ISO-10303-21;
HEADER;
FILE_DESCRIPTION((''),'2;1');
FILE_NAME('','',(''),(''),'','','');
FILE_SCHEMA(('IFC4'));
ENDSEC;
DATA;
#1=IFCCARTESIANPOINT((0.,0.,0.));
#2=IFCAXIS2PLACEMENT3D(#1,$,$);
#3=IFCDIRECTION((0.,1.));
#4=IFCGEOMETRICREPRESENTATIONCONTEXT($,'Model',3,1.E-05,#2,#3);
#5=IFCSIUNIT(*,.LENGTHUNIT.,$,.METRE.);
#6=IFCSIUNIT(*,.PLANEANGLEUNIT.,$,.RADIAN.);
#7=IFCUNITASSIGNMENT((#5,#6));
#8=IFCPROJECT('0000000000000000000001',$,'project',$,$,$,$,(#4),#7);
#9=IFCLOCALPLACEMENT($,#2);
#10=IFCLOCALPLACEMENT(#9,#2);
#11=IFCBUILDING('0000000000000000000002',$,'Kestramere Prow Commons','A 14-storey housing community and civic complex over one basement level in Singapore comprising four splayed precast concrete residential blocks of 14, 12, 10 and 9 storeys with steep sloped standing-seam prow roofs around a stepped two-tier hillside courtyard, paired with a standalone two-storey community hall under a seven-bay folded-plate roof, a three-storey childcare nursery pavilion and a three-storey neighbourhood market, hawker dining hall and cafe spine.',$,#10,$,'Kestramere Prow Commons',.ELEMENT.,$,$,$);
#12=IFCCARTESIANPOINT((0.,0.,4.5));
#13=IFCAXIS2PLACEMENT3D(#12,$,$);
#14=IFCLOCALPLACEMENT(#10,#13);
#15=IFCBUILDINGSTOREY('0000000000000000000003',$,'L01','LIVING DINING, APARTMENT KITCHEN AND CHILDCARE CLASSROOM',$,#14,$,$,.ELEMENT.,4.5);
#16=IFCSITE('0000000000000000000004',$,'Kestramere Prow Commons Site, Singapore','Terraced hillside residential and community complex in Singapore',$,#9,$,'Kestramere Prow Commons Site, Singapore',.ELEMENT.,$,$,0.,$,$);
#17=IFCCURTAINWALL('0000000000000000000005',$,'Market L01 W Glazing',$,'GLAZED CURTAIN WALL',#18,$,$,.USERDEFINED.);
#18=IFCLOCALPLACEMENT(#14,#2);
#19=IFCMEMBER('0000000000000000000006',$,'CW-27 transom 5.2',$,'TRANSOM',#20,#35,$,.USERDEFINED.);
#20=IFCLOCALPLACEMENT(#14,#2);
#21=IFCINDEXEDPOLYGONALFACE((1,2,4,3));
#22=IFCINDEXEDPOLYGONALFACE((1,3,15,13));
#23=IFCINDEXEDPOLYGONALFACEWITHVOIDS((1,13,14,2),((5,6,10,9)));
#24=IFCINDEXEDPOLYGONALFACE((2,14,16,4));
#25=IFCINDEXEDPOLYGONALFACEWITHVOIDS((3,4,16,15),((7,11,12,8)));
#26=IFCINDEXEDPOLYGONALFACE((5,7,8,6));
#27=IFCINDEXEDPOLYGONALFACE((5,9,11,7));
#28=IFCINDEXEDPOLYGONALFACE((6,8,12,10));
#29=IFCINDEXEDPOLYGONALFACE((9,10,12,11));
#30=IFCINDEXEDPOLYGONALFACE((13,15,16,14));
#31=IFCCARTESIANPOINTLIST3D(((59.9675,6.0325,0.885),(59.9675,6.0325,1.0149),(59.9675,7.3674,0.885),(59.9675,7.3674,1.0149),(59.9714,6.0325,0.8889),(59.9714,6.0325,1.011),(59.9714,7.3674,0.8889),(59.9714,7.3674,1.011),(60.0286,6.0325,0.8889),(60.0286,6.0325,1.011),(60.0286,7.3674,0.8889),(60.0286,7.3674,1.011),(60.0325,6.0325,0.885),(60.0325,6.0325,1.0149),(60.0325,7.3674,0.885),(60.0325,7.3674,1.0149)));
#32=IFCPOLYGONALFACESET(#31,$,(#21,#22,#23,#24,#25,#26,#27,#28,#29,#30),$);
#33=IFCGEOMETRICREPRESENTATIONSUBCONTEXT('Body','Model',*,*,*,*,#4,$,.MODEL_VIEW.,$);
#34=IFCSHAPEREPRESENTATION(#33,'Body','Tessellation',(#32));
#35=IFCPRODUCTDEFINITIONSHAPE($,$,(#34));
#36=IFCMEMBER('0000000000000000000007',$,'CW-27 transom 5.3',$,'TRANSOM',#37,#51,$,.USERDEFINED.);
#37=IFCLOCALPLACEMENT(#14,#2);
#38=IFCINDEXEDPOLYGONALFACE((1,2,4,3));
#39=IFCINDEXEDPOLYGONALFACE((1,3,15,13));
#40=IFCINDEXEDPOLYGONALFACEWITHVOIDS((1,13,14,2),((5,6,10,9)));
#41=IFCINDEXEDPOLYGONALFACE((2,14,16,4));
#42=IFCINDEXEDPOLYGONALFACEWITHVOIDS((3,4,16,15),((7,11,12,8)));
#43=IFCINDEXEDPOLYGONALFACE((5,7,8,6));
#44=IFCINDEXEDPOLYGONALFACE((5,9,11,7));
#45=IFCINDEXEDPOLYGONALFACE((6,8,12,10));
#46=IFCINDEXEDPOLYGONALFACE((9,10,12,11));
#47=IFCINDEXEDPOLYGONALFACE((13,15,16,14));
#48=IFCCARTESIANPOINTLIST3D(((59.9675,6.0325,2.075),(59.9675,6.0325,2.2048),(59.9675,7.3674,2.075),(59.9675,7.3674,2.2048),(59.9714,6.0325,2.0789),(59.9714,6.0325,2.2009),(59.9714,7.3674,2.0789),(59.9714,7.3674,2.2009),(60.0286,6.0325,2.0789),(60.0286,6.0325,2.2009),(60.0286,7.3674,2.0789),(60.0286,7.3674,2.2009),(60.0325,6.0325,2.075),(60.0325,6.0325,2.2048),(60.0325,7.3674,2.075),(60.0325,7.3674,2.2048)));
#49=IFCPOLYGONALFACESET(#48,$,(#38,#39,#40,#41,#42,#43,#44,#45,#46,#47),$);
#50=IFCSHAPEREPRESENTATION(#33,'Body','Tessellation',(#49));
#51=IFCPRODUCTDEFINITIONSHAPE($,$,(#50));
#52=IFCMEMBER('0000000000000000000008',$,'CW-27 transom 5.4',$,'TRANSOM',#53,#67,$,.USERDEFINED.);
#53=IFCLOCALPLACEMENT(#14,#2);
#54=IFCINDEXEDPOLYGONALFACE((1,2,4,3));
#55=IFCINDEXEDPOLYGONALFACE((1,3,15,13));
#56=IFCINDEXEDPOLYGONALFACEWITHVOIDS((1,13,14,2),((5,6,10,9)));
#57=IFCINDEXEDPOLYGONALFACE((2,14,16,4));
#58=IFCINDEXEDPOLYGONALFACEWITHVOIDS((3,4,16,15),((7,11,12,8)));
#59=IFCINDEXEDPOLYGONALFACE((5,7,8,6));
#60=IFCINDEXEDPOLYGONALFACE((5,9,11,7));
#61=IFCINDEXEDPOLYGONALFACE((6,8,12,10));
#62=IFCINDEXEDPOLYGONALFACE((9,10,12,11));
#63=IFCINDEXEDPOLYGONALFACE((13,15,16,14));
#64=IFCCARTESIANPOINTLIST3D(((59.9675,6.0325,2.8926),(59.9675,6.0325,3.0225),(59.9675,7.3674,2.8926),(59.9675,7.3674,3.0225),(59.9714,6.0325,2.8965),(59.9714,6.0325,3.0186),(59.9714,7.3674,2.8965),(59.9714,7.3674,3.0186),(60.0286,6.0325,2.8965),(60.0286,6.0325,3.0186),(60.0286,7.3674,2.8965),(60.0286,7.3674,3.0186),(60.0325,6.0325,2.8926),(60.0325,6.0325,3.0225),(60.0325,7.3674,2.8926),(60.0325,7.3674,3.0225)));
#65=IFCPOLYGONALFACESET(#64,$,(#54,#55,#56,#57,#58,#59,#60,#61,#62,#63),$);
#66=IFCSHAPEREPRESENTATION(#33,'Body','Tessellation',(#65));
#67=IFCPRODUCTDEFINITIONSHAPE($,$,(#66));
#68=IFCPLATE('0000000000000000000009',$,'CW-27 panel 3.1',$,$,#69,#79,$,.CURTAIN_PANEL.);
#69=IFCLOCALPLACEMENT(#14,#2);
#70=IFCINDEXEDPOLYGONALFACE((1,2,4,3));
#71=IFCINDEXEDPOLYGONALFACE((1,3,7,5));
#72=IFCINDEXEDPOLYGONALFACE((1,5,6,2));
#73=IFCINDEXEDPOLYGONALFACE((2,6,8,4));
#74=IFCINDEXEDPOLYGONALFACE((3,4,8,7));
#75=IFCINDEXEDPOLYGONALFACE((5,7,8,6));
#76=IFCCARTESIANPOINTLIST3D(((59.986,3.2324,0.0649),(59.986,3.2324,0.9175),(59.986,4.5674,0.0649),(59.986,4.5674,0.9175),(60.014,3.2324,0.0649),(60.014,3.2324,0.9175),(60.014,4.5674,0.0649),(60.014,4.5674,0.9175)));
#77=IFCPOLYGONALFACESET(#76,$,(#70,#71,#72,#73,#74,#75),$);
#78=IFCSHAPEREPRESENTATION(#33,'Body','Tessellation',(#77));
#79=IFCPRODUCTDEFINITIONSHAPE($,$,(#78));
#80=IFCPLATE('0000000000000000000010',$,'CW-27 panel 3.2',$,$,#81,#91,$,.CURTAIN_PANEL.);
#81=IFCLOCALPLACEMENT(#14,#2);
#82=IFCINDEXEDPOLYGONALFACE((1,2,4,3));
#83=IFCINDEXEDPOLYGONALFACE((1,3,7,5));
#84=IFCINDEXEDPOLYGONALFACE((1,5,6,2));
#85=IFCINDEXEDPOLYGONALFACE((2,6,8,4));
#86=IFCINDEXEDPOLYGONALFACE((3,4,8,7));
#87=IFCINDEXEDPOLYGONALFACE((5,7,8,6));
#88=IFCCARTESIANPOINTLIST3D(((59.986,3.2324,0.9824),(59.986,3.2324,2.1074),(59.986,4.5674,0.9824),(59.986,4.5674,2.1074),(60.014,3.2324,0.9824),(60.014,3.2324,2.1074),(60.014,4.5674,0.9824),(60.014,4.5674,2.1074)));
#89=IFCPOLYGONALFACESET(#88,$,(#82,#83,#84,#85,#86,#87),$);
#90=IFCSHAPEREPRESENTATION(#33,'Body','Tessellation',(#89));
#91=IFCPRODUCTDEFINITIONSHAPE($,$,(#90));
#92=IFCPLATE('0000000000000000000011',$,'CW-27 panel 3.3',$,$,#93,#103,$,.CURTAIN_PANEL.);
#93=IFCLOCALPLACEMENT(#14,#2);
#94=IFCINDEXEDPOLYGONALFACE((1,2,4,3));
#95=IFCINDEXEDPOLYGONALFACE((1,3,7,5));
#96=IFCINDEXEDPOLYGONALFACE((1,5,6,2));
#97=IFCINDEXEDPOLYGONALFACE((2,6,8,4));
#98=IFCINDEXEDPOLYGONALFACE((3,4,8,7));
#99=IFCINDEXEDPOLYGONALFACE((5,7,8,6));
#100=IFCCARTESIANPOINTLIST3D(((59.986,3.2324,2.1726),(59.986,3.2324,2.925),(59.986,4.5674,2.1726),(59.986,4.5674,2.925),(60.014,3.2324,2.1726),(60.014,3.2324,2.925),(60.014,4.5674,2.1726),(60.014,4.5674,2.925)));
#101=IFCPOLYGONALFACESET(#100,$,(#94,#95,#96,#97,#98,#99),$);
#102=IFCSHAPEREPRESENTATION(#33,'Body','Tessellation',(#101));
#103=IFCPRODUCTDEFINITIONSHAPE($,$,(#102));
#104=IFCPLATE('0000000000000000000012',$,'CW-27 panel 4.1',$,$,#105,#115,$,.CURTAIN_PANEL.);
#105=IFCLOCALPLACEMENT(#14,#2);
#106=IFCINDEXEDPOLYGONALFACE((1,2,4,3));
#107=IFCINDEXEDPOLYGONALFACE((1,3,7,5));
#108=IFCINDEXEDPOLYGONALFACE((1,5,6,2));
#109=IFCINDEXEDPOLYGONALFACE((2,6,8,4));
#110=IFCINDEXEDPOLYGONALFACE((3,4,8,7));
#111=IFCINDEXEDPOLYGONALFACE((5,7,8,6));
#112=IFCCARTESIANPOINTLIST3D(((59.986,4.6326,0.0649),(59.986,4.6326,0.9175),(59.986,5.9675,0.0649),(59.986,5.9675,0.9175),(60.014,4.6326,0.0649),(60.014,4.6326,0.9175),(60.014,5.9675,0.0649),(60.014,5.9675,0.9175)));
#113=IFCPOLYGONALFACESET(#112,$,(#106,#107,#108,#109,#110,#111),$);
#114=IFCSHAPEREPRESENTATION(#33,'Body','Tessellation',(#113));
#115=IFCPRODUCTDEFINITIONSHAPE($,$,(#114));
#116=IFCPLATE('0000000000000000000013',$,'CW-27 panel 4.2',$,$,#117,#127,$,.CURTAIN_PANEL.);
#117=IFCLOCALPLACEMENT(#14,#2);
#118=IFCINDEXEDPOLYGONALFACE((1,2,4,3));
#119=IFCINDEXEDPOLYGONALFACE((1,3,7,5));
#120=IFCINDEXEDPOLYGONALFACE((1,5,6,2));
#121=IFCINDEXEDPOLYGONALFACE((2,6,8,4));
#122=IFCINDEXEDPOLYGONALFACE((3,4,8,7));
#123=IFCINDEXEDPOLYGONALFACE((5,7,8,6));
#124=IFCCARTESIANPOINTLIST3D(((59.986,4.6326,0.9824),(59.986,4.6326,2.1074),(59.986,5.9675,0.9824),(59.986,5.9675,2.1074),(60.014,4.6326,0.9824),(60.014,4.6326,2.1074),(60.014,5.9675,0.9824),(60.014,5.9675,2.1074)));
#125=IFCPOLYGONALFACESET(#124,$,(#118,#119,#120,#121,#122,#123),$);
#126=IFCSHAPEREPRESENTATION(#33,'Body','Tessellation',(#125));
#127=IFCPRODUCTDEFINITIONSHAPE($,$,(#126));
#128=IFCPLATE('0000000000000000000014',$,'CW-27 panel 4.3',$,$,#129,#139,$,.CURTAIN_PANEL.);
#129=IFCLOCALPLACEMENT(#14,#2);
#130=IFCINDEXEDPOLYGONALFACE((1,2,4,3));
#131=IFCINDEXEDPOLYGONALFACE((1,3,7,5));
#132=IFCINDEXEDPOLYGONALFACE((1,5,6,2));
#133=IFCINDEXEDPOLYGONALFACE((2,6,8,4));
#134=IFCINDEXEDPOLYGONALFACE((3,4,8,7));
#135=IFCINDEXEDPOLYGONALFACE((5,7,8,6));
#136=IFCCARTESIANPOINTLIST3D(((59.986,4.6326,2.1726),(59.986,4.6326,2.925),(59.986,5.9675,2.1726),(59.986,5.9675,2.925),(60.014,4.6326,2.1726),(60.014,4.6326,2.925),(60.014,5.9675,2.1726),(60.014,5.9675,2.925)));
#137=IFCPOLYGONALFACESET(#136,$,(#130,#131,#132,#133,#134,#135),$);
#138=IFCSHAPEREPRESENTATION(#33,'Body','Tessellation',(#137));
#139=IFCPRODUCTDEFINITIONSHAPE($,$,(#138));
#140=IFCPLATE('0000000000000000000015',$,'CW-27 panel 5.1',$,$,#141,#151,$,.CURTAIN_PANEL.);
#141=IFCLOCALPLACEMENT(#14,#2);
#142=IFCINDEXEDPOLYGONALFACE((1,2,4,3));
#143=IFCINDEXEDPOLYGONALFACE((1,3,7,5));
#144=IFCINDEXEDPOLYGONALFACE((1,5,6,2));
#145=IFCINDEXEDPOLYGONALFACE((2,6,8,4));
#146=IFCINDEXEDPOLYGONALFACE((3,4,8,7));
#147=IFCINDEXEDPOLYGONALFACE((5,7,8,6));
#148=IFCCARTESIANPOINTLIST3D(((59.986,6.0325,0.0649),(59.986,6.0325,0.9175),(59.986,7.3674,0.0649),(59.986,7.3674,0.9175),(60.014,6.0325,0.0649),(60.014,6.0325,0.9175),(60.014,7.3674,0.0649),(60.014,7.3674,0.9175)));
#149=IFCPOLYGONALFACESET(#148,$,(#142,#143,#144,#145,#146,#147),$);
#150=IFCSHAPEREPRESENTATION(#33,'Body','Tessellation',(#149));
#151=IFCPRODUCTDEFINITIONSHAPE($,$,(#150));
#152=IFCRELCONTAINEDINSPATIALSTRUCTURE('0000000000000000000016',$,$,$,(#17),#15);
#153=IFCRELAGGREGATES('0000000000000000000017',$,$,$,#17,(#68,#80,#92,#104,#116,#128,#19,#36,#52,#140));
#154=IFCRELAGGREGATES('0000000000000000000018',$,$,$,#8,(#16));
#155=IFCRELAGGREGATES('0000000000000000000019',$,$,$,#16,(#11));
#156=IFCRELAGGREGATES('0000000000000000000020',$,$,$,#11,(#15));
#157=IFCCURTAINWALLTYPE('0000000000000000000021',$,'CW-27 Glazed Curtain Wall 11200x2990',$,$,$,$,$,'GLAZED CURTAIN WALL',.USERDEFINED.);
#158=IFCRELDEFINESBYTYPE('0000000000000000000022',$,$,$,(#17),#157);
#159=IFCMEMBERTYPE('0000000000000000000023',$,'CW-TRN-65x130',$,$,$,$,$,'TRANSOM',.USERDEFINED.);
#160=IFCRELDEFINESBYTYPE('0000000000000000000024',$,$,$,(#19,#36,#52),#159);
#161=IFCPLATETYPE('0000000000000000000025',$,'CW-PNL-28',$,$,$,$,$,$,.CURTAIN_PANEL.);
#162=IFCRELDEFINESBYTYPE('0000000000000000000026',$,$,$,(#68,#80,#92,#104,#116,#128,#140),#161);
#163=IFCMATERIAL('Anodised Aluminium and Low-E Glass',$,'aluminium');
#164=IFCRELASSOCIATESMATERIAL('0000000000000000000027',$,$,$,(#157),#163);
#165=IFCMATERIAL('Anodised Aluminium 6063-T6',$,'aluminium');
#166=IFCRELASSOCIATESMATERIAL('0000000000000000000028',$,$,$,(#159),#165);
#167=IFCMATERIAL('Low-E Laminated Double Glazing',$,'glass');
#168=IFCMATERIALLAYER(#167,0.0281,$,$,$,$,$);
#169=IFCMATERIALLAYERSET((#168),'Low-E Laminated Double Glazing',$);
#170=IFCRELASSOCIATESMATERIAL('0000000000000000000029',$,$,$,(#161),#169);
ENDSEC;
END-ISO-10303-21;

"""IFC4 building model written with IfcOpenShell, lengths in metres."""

from ifc_helpers import new_model, si_unit, direction, frame, origin, origin_2d, place, context, subcontext, project, spatial, rectangle, hollow_rectangle, extrude, material, layer, layer_set, material_profile, profile_set, type_object, element, aggregate, save


model = new_model("IFC4")

# Units and contexts
model_context = context("Model", 3, precision=1e-05, world=origin(), true_north=direction((0.0, 1.0)))
body_context = subcontext(model_context, "Body", "Model", "MODEL_VIEW")
ifc_project = project(units=[si_unit("LENGTHUNIT", "METRE"), si_unit("PLANEANGLEUNIT", "RADIAN")], contexts=[model_context])

# Site, building, storey
site_placement = place(None, origin())
site = spatial("IfcSite", under=ifc_project, at=site_placement, Name="Kestramere Prow Commons Site, Singapore", Description="Terraced hillside residential and community complex in Singapore", LongName="Kestramere Prow Commons Site, Singapore", CompositionType="ELEMENT", RefElevation=0.0)
building_placement = place(site_placement, origin())
building = spatial("IfcBuilding", under=site, at=building_placement, Name="Kestramere Prow Commons", Description="A 14-storey housing community and civic complex over one basement level in Singapore comprising four splayed precast concrete residential blocks of 14, 12, 10 and 9 storeys with steep sloped standing-seam prow roofs around a stepped two-tier hillside courtyard, paired with a standalone two-storey community hall under a seven-bay folded-plate roof, a three-storey childcare nursery pavilion and a three-storey neighbourhood market, hawker dining hall and cafe spine.", LongName="Kestramere Prow Commons", CompositionType="ELEMENT")
storey_placement = place(building_placement, frame((0.0, 0.0, 4.5)))
storey = spatial("IfcBuildingStorey", under=building, at=storey_placement, Name="L01", Description="LIVING DINING, APARTMENT KITCHEN AND CHILDCARE CLASSROOM", CompositionType="ELEMENT", Elevation=4.5)

# Curtain wall, members, plates
ifc_material_1 = material(Name="Anodised Aluminium and Low-E Glass", Category="aluminium")
curtain_wall_type = type_object("IfcCurtainWallType", Name="CW-27 Glazed Curtain Wall 11200x2990", ElementType="GLAZED CURTAIN WALL", PredefinedType="USERDEFINED", material=ifc_material_1)
curtain_wall_placement = place(storey_placement, origin())
curtain_wall = element("IfcCurtainWall", 1, at=curtain_wall_placement, inside=storey, type_object=curtain_wall_type, Name="Market L01 W Glazing", ObjectType="GLAZED CURTAIN WALL", PredefinedType="USERDEFINED")
ifc_material_2 = material(Name="Anodised Aluminium 6063-T6", Category="aluminium")
ifc_material_profile_1 = material_profile(ifc_material_2, hollow_rectangle(XDim=0.0649, YDim=0.1299, WallThickness=0.0039, at=origin_2d()), Name="ALU-TRN 65x130")
ifc_profile_set_1 = profile_set([ifc_material_profile_1], Name="Anodised Aluminium 6063-T6")
member_type_1 = type_object("IfcMemberType", Name="CW-TRN-65x130", ElementType="TRANSOM", PredefinedType="USERDEFINED", material=ifc_profile_set_1)
member_1_placement = place(storey_placement, frame((60.0, 6.0325, 0.95), z_axis=(0.0, 1.0, 0.0), x_axis=(-1.0, 0.0, 0.0)))
member_1 = element("IfcMember", 2, at=member_1_placement, type_object=member_type_1, Name="CW-27 transom 5.2", ObjectType="TRANSOM", PredefinedType="USERDEFINED", context=body_context, shape_type="SweptSolid", body=[
    extrude(hollow_rectangle(XDim=0.0649, YDim=0.1299, WallThickness=0.0039, at=origin_2d()), origin(), (0.0, 0.0, 1.0), 1.335),
])
member_2_placement = place(storey_placement, frame((60.0, 6.0325, 2.1399), z_axis=(0.0, 1.0, 0.0), x_axis=(-1.0, 0.0, 0.0)))
member_2 = element("IfcMember", 3, at=member_2_placement, type_object=member_type_1, Name="CW-27 transom 5.3", ObjectType="TRANSOM", PredefinedType="USERDEFINED", context=body_context, shape_type="SweptSolid", body=[
    extrude(hollow_rectangle(XDim=0.0649, YDim=0.1299, WallThickness=0.0039, at=origin_2d()), origin(), (0.0, 0.0, 1.0), 1.335),
])
member_3_placement = place(storey_placement, frame((60.0, 6.0325, 2.9575), z_axis=(0.0, 1.0, 0.0), x_axis=(-1.0, 0.0, 0.0)))
member_3 = element("IfcMember", 4, at=member_3_placement, type_object=member_type_1, Name="CW-27 transom 5.4", ObjectType="TRANSOM", PredefinedType="USERDEFINED", context=body_context, shape_type="SweptSolid", body=[
    extrude(hollow_rectangle(XDim=0.0649, YDim=0.1299, WallThickness=0.0039, at=origin_2d()), origin(), (0.0, 0.0, 1.0), 1.335),
])
ifc_material_3 = material(Name="Low-E Laminated Double Glazing", Category="glass")
ifc_layer = layer(ifc_material_3, 0.0281)
ifc_layer_set = layer_set([ifc_layer], Name="Low-E Laminated Double Glazing")
plate_type = type_object("IfcPlateType", Name="CW-PNL-28", PredefinedType="CURTAIN_PANEL", material=ifc_layer_set)
plate_1_placement = place(storey_placement, frame((60.0, 3.8999, 0.0649), z_axis=(0.0, 0.0, 1.0), x_axis=(0.0, 1.0, 0.0)))
plate_1 = element("IfcPlate", 5, at=plate_1_placement, type_object=plate_type, Name="CW-27 panel 3.1", PredefinedType="CURTAIN_PANEL", context=body_context, shape_type="SweptSolid", body=[
    extrude(rectangle(XDim=1.335, YDim=0.0281, at=origin_2d()), origin(), (0.0, 0.0, 1.0), 0.8525),
])
plate_2_placement = place(storey_placement, frame((60.0, 3.8999, 0.9824), z_axis=(0.0, 0.0, 1.0), x_axis=(0.0, 1.0, 0.0)))
plate_2 = element("IfcPlate", 6, at=plate_2_placement, type_object=plate_type, Name="CW-27 panel 3.2", PredefinedType="CURTAIN_PANEL", context=body_context, shape_type="SweptSolid", body=[
    extrude(rectangle(XDim=1.335, YDim=0.0281, at=origin_2d()), origin(), (0.0, 0.0, 1.0), 1.125),
])
plate_3_placement = place(storey_placement, frame((60.0, 3.8999, 2.1726), z_axis=(0.0, 0.0, 1.0), x_axis=(0.0, 1.0, 0.0)))
plate_3 = element("IfcPlate", 7, at=plate_3_placement, type_object=plate_type, Name="CW-27 panel 3.3", PredefinedType="CURTAIN_PANEL", context=body_context, shape_type="SweptSolid", body=[
    extrude(rectangle(XDim=1.335, YDim=0.0281, at=origin_2d()), origin(), (0.0, 0.0, 1.0), 0.7524),
])
plate_4_placement = place(storey_placement, frame((60.0, 5.3, 0.0649), z_axis=(0.0, 0.0, 1.0), x_axis=(0.0, 1.0, 0.0)))
plate_4 = element("IfcPlate", 8, at=plate_4_placement, type_object=plate_type, Name="CW-27 panel 4.1", PredefinedType="CURTAIN_PANEL", context=body_context, shape_type="SweptSolid", body=[
    extrude(rectangle(XDim=1.335, YDim=0.0281, at=origin_2d()), origin(), (0.0, 0.0, 1.0), 0.8525),
])
plate_5_placement = place(storey_placement, frame((60.0, 5.3, 0.9824), z_axis=(0.0, 0.0, 1.0), x_axis=(0.0, 1.0, 0.0)))
plate_5 = element("IfcPlate", 9, at=plate_5_placement, type_object=plate_type, Name="CW-27 panel 4.2", PredefinedType="CURTAIN_PANEL", context=body_context, shape_type="SweptSolid", body=[
    extrude(rectangle(XDim=1.335, YDim=0.0281, at=origin_2d()), origin(), (0.0, 0.0, 1.0), 1.125),
])
plate_6_placement = place(storey_placement, frame((60.0, 5.3, 2.1726), z_axis=(0.0, 0.0, 1.0), x_axis=(0.0, 1.0, 0.0)))
plate_6 = element("IfcPlate", 10, at=plate_6_placement, type_object=plate_type, Name="CW-27 panel 4.3", PredefinedType="CURTAIN_PANEL", context=body_context, shape_type="SweptSolid", body=[
    extrude(rectangle(XDim=1.335, YDim=0.0281, at=origin_2d()), origin(), (0.0, 0.0, 1.0), 0.7524),
])
plate_7_placement = place(storey_placement, frame((60.0, 6.7, 0.0649), z_axis=(0.0, 0.0, 1.0), x_axis=(0.0, 1.0, 0.0)))
plate_7 = element("IfcPlate", 11, at=plate_7_placement, type_object=plate_type, Name="CW-27 panel 5.1", PredefinedType="CURTAIN_PANEL", context=body_context, shape_type="SweptSolid", body=[
    extrude(rectangle(XDim=1.335, YDim=0.0281, at=origin_2d()), origin(), (0.0, 0.0, 1.0), 0.8525),
])
aggregate(curtain_wall, [plate_1, plate_2, plate_3, plate_4, plate_5, plate_6, member_1, member_2, member_3, plate_7])

save(model, "model.ifc")
